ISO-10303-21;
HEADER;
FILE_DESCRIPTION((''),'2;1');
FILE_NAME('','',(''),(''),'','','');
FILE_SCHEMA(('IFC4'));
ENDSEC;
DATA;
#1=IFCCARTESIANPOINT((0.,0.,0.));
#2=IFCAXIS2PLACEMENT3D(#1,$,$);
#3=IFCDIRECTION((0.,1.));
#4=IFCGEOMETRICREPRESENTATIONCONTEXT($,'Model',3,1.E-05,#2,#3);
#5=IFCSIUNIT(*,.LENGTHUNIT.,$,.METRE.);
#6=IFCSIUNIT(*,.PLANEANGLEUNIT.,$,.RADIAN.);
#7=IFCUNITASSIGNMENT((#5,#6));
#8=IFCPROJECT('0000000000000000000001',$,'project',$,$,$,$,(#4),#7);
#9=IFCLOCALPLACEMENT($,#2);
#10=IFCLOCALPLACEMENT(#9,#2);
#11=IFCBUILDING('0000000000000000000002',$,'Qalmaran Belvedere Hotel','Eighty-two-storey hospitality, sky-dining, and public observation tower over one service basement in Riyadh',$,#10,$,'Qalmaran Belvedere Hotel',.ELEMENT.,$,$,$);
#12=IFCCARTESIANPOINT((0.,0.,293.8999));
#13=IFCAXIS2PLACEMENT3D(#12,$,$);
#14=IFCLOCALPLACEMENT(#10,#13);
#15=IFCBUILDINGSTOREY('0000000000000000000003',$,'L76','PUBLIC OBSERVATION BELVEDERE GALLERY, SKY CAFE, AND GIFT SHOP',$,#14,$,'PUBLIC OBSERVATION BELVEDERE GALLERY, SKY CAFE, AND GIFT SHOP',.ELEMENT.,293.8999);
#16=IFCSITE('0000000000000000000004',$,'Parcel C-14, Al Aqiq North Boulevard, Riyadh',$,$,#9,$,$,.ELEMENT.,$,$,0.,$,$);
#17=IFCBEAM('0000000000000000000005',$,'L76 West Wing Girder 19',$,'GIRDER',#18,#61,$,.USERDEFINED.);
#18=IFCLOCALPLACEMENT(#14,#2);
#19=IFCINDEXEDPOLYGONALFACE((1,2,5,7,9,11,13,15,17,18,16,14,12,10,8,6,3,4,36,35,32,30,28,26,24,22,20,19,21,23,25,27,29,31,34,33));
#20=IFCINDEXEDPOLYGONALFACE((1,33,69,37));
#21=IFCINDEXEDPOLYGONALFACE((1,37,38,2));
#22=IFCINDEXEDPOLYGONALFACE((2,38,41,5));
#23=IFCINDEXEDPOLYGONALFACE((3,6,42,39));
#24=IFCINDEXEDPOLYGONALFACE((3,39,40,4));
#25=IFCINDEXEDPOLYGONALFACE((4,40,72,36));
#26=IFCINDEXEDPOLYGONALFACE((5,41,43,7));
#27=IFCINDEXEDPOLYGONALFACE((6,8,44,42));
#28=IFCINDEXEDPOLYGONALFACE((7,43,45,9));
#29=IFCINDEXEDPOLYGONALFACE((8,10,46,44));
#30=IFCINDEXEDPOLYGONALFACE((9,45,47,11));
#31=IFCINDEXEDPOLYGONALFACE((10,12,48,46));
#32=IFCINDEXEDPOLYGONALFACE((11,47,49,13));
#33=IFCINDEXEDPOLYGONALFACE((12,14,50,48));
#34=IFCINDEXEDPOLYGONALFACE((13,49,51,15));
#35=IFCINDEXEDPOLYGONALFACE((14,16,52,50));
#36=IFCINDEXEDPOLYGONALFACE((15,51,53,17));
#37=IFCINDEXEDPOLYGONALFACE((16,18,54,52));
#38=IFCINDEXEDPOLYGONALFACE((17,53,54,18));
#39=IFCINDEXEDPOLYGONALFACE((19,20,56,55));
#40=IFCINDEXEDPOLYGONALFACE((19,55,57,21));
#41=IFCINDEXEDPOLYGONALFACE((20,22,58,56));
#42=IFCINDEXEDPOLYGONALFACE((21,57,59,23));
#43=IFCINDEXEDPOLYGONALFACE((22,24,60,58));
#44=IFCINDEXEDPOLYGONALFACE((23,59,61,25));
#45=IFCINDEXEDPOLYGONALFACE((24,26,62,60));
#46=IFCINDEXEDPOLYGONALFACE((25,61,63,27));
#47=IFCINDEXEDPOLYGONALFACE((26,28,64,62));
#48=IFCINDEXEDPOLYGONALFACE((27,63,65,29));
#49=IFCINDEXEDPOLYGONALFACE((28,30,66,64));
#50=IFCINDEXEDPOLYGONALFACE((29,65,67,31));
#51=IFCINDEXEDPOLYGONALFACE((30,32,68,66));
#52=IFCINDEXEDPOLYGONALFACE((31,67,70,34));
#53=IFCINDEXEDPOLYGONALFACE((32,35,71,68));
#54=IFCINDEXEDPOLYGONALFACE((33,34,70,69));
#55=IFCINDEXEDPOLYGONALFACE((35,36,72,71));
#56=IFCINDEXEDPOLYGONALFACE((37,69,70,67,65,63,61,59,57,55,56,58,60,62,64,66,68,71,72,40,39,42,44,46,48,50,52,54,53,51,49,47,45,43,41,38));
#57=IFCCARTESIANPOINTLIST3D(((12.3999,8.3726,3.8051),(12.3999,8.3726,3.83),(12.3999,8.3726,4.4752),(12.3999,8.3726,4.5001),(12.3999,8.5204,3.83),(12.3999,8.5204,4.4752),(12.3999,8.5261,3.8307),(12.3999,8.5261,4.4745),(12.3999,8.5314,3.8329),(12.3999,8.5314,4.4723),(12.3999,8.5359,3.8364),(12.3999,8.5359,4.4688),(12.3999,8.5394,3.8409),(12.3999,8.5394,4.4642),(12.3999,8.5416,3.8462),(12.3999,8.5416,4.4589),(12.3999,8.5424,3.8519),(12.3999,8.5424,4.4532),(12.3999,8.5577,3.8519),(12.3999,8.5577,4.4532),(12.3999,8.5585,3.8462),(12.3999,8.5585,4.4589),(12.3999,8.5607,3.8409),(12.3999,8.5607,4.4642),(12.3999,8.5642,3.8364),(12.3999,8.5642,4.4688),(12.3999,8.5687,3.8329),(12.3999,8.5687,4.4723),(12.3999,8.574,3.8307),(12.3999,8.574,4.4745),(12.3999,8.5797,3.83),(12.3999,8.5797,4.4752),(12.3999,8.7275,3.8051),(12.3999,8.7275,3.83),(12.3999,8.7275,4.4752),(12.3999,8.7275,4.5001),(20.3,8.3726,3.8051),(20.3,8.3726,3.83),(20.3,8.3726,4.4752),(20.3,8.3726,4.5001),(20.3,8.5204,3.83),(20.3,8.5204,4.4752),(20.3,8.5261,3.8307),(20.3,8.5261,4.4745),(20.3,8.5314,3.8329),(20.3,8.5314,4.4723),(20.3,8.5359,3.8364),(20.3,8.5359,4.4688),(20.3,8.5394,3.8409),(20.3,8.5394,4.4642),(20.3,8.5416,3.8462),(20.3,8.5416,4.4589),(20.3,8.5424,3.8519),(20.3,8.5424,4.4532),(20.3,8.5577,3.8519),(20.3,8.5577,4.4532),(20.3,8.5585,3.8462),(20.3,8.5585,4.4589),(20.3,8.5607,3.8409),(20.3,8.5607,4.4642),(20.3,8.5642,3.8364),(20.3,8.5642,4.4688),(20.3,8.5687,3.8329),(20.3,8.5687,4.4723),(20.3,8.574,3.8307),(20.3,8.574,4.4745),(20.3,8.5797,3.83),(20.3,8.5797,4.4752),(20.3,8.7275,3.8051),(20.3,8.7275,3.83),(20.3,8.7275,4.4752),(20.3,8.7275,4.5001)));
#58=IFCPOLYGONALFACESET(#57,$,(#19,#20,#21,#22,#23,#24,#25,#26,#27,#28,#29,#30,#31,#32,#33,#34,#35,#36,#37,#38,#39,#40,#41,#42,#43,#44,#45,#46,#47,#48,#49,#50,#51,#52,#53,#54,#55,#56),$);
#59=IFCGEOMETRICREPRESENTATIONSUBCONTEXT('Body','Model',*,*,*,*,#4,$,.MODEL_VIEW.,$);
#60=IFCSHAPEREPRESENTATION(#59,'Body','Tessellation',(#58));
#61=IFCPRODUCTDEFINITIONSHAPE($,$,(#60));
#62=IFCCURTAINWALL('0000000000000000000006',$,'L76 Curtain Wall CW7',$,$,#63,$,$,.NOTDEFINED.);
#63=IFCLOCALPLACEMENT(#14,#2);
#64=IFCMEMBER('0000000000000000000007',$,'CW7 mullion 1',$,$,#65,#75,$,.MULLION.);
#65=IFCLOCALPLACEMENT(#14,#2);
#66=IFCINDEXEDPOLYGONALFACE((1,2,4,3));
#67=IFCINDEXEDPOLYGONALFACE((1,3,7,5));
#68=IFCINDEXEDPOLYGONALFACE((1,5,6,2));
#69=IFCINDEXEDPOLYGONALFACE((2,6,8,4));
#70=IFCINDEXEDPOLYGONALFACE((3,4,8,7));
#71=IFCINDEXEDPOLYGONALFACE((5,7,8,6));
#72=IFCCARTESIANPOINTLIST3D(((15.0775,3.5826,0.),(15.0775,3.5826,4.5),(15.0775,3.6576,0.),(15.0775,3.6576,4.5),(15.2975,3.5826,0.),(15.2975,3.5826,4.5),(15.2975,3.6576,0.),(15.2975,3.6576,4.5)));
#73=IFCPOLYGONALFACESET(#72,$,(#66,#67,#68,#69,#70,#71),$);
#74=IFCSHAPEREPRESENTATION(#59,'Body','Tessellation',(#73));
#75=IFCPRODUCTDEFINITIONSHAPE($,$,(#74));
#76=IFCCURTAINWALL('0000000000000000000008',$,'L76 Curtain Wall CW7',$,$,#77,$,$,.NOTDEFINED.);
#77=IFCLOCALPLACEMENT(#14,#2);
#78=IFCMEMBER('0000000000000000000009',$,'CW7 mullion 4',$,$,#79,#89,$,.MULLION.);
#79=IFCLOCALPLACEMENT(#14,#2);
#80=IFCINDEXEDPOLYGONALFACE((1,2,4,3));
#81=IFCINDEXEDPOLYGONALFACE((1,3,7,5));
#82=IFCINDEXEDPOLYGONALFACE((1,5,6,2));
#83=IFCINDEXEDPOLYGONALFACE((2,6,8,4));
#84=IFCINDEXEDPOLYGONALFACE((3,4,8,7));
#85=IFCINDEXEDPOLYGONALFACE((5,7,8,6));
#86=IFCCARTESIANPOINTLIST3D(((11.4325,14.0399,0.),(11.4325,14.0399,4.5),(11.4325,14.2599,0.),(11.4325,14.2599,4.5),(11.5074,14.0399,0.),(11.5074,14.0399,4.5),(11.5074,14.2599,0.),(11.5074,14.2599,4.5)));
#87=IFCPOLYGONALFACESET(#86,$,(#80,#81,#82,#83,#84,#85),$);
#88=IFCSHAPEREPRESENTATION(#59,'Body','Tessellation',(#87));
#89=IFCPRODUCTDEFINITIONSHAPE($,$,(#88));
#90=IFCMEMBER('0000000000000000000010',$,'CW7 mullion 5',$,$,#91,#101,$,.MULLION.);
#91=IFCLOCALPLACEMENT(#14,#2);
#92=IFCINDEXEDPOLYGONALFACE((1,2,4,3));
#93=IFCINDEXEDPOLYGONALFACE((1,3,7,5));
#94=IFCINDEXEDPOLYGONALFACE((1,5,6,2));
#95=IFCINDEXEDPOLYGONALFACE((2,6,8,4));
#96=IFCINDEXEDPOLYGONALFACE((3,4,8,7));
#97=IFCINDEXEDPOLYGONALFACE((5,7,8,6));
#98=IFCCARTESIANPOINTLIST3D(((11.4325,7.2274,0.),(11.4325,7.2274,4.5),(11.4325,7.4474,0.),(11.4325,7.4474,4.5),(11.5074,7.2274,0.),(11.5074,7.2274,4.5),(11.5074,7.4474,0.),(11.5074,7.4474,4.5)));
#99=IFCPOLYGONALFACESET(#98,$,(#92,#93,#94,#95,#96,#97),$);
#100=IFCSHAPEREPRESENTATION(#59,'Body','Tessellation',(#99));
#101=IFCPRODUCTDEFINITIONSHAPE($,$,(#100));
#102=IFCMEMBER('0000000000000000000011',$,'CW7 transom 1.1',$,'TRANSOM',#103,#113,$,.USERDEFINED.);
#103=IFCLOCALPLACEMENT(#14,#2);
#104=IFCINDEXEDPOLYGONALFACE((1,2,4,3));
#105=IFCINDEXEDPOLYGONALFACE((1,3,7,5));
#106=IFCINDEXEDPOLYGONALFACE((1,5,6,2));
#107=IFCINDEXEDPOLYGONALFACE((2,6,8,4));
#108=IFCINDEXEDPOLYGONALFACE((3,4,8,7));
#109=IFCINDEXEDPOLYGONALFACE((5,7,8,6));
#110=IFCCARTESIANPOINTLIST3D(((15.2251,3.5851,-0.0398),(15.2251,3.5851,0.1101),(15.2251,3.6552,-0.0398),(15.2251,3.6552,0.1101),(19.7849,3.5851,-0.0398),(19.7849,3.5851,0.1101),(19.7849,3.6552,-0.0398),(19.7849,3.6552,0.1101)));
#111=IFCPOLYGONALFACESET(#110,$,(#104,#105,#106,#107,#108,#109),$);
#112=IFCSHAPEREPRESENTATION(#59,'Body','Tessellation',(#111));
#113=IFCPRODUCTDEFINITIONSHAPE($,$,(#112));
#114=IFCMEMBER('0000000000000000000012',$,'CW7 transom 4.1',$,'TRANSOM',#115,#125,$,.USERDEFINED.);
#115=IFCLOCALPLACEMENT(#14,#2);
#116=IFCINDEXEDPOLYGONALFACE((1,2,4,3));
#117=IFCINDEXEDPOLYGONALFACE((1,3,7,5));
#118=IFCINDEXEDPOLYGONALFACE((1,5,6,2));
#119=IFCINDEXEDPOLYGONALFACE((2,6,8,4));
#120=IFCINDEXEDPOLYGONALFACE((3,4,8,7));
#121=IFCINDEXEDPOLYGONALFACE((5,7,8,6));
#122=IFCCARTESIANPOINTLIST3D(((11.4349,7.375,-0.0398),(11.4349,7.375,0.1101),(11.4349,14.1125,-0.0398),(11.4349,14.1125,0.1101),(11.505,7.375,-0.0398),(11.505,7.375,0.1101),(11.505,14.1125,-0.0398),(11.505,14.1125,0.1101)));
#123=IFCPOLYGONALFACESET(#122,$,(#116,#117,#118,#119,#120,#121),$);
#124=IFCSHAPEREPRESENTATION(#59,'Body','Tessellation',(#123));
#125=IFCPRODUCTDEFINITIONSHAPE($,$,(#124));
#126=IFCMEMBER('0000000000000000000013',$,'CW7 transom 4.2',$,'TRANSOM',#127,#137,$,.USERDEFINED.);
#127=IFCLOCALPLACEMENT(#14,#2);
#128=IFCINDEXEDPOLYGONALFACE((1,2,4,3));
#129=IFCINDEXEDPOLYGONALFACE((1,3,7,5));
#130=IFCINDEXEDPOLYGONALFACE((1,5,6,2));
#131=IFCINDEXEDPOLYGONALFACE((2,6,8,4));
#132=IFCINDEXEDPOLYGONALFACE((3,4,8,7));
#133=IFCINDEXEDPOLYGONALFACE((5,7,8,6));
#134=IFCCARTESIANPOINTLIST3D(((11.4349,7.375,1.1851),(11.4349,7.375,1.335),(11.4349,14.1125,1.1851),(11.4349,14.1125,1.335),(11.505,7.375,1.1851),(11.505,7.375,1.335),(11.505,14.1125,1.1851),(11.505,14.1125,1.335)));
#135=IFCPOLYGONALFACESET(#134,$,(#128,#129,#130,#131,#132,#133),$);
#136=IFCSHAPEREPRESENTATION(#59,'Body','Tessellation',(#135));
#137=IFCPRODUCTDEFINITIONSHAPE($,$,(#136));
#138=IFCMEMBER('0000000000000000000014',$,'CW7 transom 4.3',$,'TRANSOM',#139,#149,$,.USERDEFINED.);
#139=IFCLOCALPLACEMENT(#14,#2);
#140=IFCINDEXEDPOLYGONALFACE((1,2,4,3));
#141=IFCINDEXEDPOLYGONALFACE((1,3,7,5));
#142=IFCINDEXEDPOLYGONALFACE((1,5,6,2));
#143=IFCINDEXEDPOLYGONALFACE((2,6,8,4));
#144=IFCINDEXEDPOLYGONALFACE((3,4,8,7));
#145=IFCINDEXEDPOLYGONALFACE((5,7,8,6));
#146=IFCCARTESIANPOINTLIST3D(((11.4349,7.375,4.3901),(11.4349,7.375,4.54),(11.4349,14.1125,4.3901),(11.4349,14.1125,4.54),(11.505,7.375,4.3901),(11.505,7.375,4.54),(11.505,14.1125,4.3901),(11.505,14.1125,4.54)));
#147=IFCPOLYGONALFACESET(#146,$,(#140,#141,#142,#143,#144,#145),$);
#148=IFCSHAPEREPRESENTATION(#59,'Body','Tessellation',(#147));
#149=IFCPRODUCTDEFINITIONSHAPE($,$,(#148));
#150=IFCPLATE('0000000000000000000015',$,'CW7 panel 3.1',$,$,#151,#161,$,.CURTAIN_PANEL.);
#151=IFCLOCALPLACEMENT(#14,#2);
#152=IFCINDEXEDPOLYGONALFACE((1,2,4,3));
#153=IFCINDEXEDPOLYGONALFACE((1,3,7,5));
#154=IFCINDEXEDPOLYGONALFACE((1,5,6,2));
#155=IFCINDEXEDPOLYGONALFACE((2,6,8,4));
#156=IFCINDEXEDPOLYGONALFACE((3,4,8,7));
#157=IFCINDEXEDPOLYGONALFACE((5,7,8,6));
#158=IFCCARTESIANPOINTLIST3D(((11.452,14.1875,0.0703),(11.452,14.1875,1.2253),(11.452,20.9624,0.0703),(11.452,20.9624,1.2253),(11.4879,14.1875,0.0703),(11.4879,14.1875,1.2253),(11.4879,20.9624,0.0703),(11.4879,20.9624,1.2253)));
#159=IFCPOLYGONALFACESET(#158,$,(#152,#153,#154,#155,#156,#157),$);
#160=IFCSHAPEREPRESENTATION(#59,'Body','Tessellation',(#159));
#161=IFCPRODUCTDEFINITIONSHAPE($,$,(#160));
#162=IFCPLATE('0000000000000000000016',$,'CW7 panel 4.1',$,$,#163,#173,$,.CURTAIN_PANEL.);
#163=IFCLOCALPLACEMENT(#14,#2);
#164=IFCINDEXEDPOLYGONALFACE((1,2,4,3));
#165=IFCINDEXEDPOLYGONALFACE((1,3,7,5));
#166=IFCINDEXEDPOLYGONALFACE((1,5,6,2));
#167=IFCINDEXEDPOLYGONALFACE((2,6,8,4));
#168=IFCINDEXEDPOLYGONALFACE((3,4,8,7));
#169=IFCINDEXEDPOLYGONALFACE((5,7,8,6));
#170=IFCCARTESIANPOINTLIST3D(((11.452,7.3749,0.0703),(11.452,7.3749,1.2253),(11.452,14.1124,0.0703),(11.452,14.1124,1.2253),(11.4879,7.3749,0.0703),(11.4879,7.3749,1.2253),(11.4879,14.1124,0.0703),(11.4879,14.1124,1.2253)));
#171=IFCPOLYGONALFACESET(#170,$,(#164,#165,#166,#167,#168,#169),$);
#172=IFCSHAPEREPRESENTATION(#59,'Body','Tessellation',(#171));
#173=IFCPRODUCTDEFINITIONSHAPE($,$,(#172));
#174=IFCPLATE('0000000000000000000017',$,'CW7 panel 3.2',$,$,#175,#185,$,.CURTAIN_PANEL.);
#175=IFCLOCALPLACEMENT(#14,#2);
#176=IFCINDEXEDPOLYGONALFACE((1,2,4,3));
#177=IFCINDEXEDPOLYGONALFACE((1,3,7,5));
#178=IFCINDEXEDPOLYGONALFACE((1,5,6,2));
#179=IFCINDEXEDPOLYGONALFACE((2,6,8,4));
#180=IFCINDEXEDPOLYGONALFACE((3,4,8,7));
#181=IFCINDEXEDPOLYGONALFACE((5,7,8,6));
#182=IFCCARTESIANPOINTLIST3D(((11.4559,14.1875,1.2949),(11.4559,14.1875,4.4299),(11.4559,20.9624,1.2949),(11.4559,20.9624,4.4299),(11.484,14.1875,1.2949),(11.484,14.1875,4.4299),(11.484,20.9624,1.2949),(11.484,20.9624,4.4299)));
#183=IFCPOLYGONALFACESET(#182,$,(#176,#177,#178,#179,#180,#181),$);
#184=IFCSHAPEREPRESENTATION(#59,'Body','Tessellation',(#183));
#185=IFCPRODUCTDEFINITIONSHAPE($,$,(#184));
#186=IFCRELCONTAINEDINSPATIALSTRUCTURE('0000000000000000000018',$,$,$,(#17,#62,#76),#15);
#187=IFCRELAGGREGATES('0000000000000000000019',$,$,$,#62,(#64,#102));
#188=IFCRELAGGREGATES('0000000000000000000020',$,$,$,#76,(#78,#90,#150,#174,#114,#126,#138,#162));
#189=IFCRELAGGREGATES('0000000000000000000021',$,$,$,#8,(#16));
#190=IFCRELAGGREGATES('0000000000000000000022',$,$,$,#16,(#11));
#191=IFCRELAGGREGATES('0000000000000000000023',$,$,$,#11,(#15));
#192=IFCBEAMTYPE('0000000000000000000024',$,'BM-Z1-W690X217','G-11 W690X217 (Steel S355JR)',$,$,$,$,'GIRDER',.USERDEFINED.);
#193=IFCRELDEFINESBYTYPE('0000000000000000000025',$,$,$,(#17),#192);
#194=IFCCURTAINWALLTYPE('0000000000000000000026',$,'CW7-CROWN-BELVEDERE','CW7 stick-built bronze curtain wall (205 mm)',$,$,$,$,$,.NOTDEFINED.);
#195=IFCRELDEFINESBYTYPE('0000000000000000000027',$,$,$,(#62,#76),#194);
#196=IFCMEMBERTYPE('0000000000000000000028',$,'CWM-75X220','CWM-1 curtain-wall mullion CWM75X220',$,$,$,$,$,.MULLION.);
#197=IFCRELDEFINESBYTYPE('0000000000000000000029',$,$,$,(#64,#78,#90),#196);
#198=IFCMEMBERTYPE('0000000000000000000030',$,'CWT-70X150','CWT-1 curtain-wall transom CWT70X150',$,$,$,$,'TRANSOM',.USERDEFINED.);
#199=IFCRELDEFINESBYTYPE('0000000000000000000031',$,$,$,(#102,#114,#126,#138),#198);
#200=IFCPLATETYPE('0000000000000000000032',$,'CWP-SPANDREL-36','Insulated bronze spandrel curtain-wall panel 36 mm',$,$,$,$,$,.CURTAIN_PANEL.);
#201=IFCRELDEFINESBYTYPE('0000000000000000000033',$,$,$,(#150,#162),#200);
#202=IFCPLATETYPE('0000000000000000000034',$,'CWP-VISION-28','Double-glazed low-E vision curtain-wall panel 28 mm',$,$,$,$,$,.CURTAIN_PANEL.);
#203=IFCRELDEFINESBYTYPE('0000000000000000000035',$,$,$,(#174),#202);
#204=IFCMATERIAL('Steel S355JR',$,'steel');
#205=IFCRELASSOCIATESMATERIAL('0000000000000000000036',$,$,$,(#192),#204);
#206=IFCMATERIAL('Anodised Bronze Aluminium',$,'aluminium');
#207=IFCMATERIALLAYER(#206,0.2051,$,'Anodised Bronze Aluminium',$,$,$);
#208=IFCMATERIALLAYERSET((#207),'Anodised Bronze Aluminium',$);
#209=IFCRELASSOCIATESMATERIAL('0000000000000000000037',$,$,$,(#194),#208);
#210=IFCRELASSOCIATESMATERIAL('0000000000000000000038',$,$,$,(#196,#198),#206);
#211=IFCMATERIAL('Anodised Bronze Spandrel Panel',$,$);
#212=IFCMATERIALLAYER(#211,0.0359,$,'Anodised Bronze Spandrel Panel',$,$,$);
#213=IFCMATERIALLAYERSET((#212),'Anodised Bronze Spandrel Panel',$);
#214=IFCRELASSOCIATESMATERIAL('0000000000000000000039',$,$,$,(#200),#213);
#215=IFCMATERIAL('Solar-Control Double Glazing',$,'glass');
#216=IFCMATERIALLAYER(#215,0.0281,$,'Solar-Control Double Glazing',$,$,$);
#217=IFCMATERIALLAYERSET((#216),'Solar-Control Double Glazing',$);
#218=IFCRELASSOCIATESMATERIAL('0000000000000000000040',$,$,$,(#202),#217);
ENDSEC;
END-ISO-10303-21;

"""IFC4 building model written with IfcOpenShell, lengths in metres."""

from ifc_helpers import new_model, si_unit, direction, frame, origin, origin_2d, place, context, subcontext, project, spatial, rectangle, i_section, extrude, material, layer, layer_set, material_profile, profile_set, type_object, element, aggregate, save


model = new_model("IFC4")

# Units and contexts
model_context = context("Model", 3, precision=1e-05, world=origin(), true_north=direction((0.0, 1.0)))
body_context = subcontext(model_context, "Body", "Model", "MODEL_VIEW")
ifc_project = project(units=[si_unit("LENGTHUNIT", "METRE"), si_unit("PLANEANGLEUNIT", "RADIAN")], contexts=[model_context])

# Site, building, storey
site_placement = place(None, origin())
site = spatial("IfcSite", under=ifc_project, at=site_placement, Name="Parcel C-14, Al Aqiq North Boulevard, Riyadh", CompositionType="ELEMENT", RefElevation=0.0)
building_placement = place(site_placement, origin())
building = spatial("IfcBuilding", under=site, at=building_placement, Name="Qalmaran Belvedere Hotel", Description="Eighty-two-storey hospitality, sky-dining, and public observation tower over one service basement in Riyadh", LongName="Qalmaran Belvedere Hotel", CompositionType="ELEMENT")
storey_placement = place(building_placement, frame((0.0, 0.0, 293.8999)))
storey = spatial("IfcBuildingStorey", under=building, at=storey_placement, Name="L76", Description="PUBLIC OBSERVATION BELVEDERE GALLERY, SKY CAFE, AND GIFT SHOP", LongName="PUBLIC OBSERVATION BELVEDERE GALLERY, SKY CAFE, AND GIFT SHOP", CompositionType="ELEMENT", Elevation=293.8999)

# Beam
ifc_material_1 = material(Name="Steel S355JR", Category="steel")
ifc_material_profile_1 = material_profile(ifc_material_1, i_section(OverallWidth=0.355, OverallDepth=0.6951, WebThickness=0.0154, FlangeThickness=0.0249, FilletRadius=0.022, at=origin_2d()), Name="W690X217")
ifc_profile_set_1 = profile_set([ifc_material_profile_1], Name="Steel S355JR")
beam_type_1 = type_object("IfcBeamType", Name="BM-Z1-W690X217", Description="G-11 W690X217 (Steel S355JR)", ElementType="GIRDER", PredefinedType="USERDEFINED", material=ifc_profile_set_1)
beam_1_placement = place(storey_placement, frame((12.3999, 8.55, 4.1526), z_axis=(1.0, 0.0, 0.0), x_axis=(0.0, 1.0, 0.0)))
element("IfcBeam", 1, at=beam_1_placement, inside=storey, type_object=beam_type_1, Name="L76 West Wing Girder 19", ObjectType="GIRDER", PredefinedType="USERDEFINED", context=body_context, shape_type="SweptSolid", body=[
    extrude(i_section(OverallWidth=0.355, OverallDepth=0.6951, WebThickness=0.0154, FlangeThickness=0.0249, FilletRadius=0.022, at=origin_2d()), origin(), (0.0, 0.0, 1.0), 7.9001),
])

# Curtain wall, member
ifc_material_2 = material(Name="Anodised Bronze Aluminium", Category="aluminium")
ifc_layer_1 = layer(ifc_material_2, 0.2051, Name="Anodised Bronze Aluminium")
ifc_layer_set_1 = layer_set([ifc_layer_1], Name="Anodised Bronze Aluminium")
curtain_wall_type = type_object("IfcCurtainWallType", Name="CW7-CROWN-BELVEDERE", Description="CW7 stick-built bronze curtain wall (205 mm)", PredefinedType="NOTDEFINED", material=ifc_layer_set_1)
curtain_wall_1_placement = place(storey_placement, origin())
curtain_wall_1 = element("IfcCurtainWall", 2, at=curtain_wall_1_placement, inside=storey, type_object=curtain_wall_type, Name="L76 Curtain Wall CW7", PredefinedType="NOTDEFINED")
ifc_material_profile_2 = material_profile(ifc_material_2, rectangle(XDim=0.075, YDim=0.22, at=origin_2d()), Name="CWM75X220")
ifc_profile_set_2 = profile_set([ifc_material_profile_2], Name="Anodised Bronze Aluminium")
member_type_1 = type_object("IfcMemberType", Name="CWM-75X220", Description="CWM-1 curtain-wall mullion CWM75X220", PredefinedType="MULLION", material=ifc_profile_set_2)
member_1_placement = place(storey_placement, frame((15.1875, 3.6201, 0.0), z_axis=(0.0, 0.0, 1.0), x_axis=(0.0, 1.0, 0.0)))
member_1 = element("IfcMember", 3, at=member_1_placement, type_object=member_type_1, Name="CW7 mullion 1", PredefinedType="MULLION", context=body_context, shape_type="SweptSolid", body=[
    extrude(rectangle(XDim=0.075, YDim=0.22, at=origin_2d()), origin(), (0.0, 0.0, 1.0), 4.5),
])

# Curtain wall, members
curtain_wall_2_placement = place(storey_placement, origin())
curtain_wall_2 = element("IfcCurtainWall", 4, at=curtain_wall_2_placement, inside=storey, type_object=curtain_wall_type, Name="L76 Curtain Wall CW7", PredefinedType="NOTDEFINED")
member_2_placement = place(storey_placement, frame((11.47, 14.1499, 0.0), z_axis=(0.0, 0.0, 1.0), x_axis=(1.0, 0.0, 0.0)))
member_2 = element("IfcMember", 5, at=member_2_placement, type_object=member_type_1, Name="CW7 mullion 4", PredefinedType="MULLION", context=body_context, shape_type="SweptSolid", body=[
    extrude(rectangle(XDim=0.075, YDim=0.22, at=origin_2d()), origin(), (0.0, 0.0, 1.0), 4.5),
])
member_3_placement = place(storey_placement, frame((11.47, 7.3374, 0.0), z_axis=(0.0, 0.0, 1.0), x_axis=(1.0, 0.0, 0.0)))
member_3 = element("IfcMember", 6, at=member_3_placement, type_object=member_type_1, Name="CW7 mullion 5", PredefinedType="MULLION", context=body_context, shape_type="SweptSolid", body=[
    extrude(rectangle(XDim=0.075, YDim=0.22, at=origin_2d()), origin(), (0.0, 0.0, 1.0), 4.5),
])

# Members
ifc_material_profile_3 = material_profile(ifc_material_2, rectangle(XDim=0.0701, YDim=0.1499, at=origin_2d()), Name="CWT70X150")
ifc_profile_set_3 = profile_set([ifc_material_profile_3], Name="Anodised Bronze Aluminium")
member_type_2 = type_object("IfcMemberType", Name="CWT-70X150", Description="CWT-1 curtain-wall transom CWT70X150", ElementType="TRANSOM", PredefinedType="USERDEFINED", material=ifc_profile_set_3)
member_4_placement = place(storey_placement, frame((15.2251, 3.6201, 0.0352), z_axis=(1.0, 0.0, 0.0), x_axis=(0.0, 1.0, 0.0)))
member_4 = element("IfcMember", 7, at=member_4_placement, type_object=member_type_2, Name="CW7 transom 1.1", ObjectType="TRANSOM", PredefinedType="USERDEFINED", context=body_context, shape_type="SweptSolid", body=[
    extrude(rectangle(XDim=0.0701, YDim=0.1499, at=origin_2d()), origin(), (0.0, 0.0, 1.0), 4.5598),
])
aggregate(curtain_wall_1, [member_1, member_4])
member_5_placement = place(storey_placement, frame((11.47, 14.1125, 0.0352), z_axis=(0.0, -1.0, 0.0), x_axis=(1.0, 0.0, 0.0)))
member_5 = element("IfcMember", 8, at=member_5_placement, type_object=member_type_2, Name="CW7 transom 4.1", ObjectType="TRANSOM", PredefinedType="USERDEFINED", context=body_context, shape_type="SweptSolid", body=[
    extrude(rectangle(XDim=0.0701, YDim=0.1499, at=origin_2d()), origin(), (0.0, 0.0, 1.0), 6.7375),
])
member_6_placement = place(storey_placement, frame((11.47, 14.1125, 1.26), z_axis=(0.0, -1.0, 0.0), x_axis=(1.0, 0.0, 0.0)))
member_6 = element("IfcMember", 9, at=member_6_placement, type_object=member_type_2, Name="CW7 transom 4.2", ObjectType="TRANSOM", PredefinedType="USERDEFINED", context=body_context, shape_type="SweptSolid", body=[
    extrude(rectangle(XDim=0.0701, YDim=0.1499, at=origin_2d()), origin(), (0.0, 0.0, 1.0), 6.7375),
])
member_7_placement = place(storey_placement, frame((11.47, 14.1125, 4.4651), z_axis=(0.0, -1.0, 0.0), x_axis=(1.0, 0.0, 0.0)))
member_7 = element("IfcMember", 10, at=member_7_placement, type_object=member_type_2, Name="CW7 transom 4.3", ObjectType="TRANSOM", PredefinedType="USERDEFINED", context=body_context, shape_type="SweptSolid", body=[
    extrude(rectangle(XDim=0.0701, YDim=0.1499, at=origin_2d()), origin(), (0.0, 0.0, 1.0), 6.7375),
])

# Plates
ifc_material_3 = material(Name="Anodised Bronze Spandrel Panel")
ifc_layer_2 = layer(ifc_material_3, 0.0359, Name="Anodised Bronze Spandrel Panel")
ifc_layer_set_2 = layer_set([ifc_layer_2], Name="Anodised Bronze Spandrel Panel")
plate_type_1 = type_object("IfcPlateType", Name="CWP-SPANDREL-36", Description="Insulated bronze spandrel curtain-wall panel 36 mm", PredefinedType="CURTAIN_PANEL", material=ifc_layer_set_2)
plate_1_placement = place(storey_placement, frame((11.47, 17.575, 0.0703), z_axis=(0.0, 0.0, 1.0), x_axis=(0.0, -1.0, 0.0)))
plate_1 = element("IfcPlate", 11, at=plate_1_placement, type_object=plate_type_1, Name="CW7 panel 3.1", PredefinedType="CURTAIN_PANEL", context=body_context, shape_type="SweptSolid", body=[
    extrude(rectangle(XDim=6.7749, YDim=0.0359, at=origin_2d()), origin(), (0.0, 0.0, 1.0), 1.155),
])
plate_2_placement = place(storey_placement, frame((11.47, 10.7437, 0.0703), z_axis=(0.0, 0.0, 1.0), x_axis=(0.0, -1.0, 0.0)))
plate_2 = element("IfcPlate", 12, at=plate_2_placement, type_object=plate_type_1, Name="CW7 panel 4.1", PredefinedType="CURTAIN_PANEL", context=body_context, shape_type="SweptSolid", body=[
    extrude(rectangle(XDim=6.7375, YDim=0.0359, at=origin_2d()), origin(), (0.0, 0.0, 1.0), 1.155),
])
ifc_material_4 = material(Name="Solar-Control Double Glazing", Category="glass")
ifc_layer_3 = layer(ifc_material_4, 0.0281, Name="Solar-Control Double Glazing")
ifc_layer_set_3 = layer_set([ifc_layer_3], Name="Solar-Control Double Glazing")
plate_type_2 = type_object("IfcPlateType", Name="CWP-VISION-28", Description="Double-glazed low-E vision curtain-wall panel 28 mm", PredefinedType="CURTAIN_PANEL", material=ifc_layer_set_3)
plate_3_placement = place(storey_placement, frame((11.47, 17.575, 1.2949), z_axis=(0.0, 0.0, 1.0), x_axis=(0.0, -1.0, 0.0)))
plate_3 = element("IfcPlate", 13, at=plate_3_placement, type_object=plate_type_2, Name="CW7 panel 3.2", PredefinedType="CURTAIN_PANEL", context=body_context, shape_type="SweptSolid", body=[
    extrude(rectangle(XDim=6.7749, YDim=0.0281, at=origin_2d()), origin(), (0.0, 0.0, 1.0), 3.135),
])
aggregate(curtain_wall_2, [member_2, member_3, plate_1, plate_3, member_5, member_6, member_7, plate_2])

save(model, "model.ifc")
